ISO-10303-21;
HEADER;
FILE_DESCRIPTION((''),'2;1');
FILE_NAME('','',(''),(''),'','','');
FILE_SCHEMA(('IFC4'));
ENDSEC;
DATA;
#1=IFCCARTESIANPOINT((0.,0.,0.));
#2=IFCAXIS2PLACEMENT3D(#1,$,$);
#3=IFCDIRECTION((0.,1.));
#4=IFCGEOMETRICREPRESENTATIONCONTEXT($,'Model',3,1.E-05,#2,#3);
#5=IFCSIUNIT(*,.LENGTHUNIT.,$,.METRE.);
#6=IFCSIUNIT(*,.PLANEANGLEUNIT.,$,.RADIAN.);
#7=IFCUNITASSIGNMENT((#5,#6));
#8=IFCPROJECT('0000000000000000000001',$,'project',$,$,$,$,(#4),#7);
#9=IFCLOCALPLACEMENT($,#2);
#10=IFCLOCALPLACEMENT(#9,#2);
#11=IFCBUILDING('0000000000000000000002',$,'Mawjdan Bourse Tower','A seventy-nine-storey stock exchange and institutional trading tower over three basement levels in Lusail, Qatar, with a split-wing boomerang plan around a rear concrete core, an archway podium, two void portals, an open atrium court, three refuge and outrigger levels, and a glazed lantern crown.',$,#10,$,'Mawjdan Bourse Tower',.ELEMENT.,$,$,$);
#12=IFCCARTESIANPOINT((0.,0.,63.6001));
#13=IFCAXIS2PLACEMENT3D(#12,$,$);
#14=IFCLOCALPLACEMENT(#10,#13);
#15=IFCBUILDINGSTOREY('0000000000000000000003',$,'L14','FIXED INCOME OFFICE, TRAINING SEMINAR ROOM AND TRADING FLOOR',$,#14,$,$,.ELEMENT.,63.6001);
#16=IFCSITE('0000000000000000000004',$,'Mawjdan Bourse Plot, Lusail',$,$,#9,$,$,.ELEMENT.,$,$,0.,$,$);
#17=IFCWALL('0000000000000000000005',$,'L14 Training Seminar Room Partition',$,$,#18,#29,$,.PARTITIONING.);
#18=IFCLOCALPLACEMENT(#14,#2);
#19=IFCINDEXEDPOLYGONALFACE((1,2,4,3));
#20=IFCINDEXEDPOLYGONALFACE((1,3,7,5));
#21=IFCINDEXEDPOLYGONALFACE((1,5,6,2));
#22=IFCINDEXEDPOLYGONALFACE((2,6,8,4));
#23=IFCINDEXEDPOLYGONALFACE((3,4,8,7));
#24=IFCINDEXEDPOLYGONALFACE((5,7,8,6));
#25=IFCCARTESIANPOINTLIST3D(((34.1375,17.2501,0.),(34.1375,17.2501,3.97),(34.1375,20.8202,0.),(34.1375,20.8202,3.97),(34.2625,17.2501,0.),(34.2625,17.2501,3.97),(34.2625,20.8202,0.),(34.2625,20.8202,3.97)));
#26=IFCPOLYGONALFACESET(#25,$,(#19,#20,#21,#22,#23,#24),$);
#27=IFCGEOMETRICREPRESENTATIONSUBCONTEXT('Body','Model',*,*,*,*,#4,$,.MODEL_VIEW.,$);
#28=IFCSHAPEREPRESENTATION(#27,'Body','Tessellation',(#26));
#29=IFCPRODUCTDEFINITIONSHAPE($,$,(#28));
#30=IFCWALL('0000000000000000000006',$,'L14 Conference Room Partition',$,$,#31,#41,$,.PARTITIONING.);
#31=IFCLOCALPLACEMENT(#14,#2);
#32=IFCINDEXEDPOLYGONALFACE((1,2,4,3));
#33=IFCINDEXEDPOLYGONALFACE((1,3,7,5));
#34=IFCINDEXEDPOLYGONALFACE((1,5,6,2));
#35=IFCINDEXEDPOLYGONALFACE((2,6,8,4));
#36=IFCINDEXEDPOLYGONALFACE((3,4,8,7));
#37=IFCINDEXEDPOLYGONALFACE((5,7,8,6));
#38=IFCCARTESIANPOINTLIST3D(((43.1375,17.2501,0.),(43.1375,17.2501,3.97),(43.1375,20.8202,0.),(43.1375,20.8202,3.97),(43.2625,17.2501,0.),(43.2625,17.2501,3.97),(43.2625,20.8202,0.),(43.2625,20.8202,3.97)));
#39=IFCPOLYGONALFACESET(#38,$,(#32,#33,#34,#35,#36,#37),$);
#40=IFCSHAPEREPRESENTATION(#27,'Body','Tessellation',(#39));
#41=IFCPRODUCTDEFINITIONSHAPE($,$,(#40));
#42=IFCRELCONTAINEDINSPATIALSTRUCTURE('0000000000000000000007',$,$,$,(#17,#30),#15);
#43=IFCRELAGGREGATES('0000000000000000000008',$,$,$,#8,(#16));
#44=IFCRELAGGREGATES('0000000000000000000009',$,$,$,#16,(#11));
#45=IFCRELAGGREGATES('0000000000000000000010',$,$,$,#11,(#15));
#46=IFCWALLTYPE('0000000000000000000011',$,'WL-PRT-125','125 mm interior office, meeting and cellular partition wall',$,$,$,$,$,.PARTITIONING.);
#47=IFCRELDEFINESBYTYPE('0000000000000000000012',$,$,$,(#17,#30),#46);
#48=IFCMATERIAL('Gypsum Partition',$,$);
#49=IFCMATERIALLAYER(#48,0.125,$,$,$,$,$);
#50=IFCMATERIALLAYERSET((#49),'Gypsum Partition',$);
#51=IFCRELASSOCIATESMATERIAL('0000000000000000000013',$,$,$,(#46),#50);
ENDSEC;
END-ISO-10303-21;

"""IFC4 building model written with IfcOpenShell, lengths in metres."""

from ifc_helpers import new_model, si_unit, direction, frame, frame_2d, origin, place, context, subcontext, project, spatial, rectangle, extrude, material, layer, layer_set, type_object, element, save


model = new_model("IFC4")

# Units and contexts
model_context = context("Model", 3, precision=1e-05, world=origin(), true_north=direction((0.0, 1.0)))
body_context = subcontext(model_context, "Body", "Model", "MODEL_VIEW")
ifc_project = project(units=[si_unit("LENGTHUNIT", "METRE"), si_unit("PLANEANGLEUNIT", "RADIAN")], contexts=[model_context])

# Site, building, storey
site_placement = place(None, origin())
site = spatial("IfcSite", under=ifc_project, at=site_placement, Name="Mawjdan Bourse Plot, Lusail", CompositionType="ELEMENT", RefElevation=0.0)
building_placement = place(site_placement, origin())
building = spatial("IfcBuilding", under=site, at=building_placement, Name="Mawjdan Bourse Tower", Description="A seventy-nine-storey stock exchange and institutional trading tower over three basement levels in Lusail, Qatar, with a split-wing boomerang plan around a rear concrete core, an archway podium, two void portals, an open atrium court, three refuge and outrigger levels, and a glazed lantern crown.", LongName="Mawjdan Bourse Tower", CompositionType="ELEMENT")
storey_placement = place(building_placement, frame((0.0, 0.0, 63.6001)))
storey = spatial("IfcBuildingStorey", under=building, at=storey_placement, Name="L14", Description="FIXED INCOME OFFICE, TRAINING SEMINAR ROOM AND TRADING FLOOR", CompositionType="ELEMENT", Elevation=63.6001)

# Walls
ifc_material_1 = material(Name="Gypsum Partition")
ifc_layer_1 = layer(ifc_material_1, 0.125)
ifc_layer_set_1 = layer_set([ifc_layer_1], Name="Gypsum Partition")
wall_type_1 = type_object("IfcWallType", Name="WL-PRT-125", Description="125 mm interior office, meeting and cellular partition wall", PredefinedType="PARTITIONING", material=ifc_layer_set_1)
for number, where, z_axis, x_axis, name in (
    (1, (34.2, 17.25, 0.0), (0.0, 0.0, 1.0), (0.0, 1.0, 0.0), "L14 Training Seminar Room Partition"),
    (2, (43.2, 17.25, 0.0), (0.0, 0.0, 1.0), (0.0, 1.0, 0.0), "L14 Conference Room Partition"),
):
    element("IfcWall", number, at=place(storey_placement, frame(where, z_axis=z_axis, x_axis=x_axis)), inside=storey, type_object=wall_type_1, Name=name, PredefinedType="PARTITIONING", context=body_context, shape_type="SweptSolid", body=[
        extrude(rectangle(XDim=3.5701, YDim=0.125, at=frame_2d((1.7852, 0.0))), origin(), (0.0, 0.0, 1.0), 3.97),
    ])

save(model, "model.ifc")
